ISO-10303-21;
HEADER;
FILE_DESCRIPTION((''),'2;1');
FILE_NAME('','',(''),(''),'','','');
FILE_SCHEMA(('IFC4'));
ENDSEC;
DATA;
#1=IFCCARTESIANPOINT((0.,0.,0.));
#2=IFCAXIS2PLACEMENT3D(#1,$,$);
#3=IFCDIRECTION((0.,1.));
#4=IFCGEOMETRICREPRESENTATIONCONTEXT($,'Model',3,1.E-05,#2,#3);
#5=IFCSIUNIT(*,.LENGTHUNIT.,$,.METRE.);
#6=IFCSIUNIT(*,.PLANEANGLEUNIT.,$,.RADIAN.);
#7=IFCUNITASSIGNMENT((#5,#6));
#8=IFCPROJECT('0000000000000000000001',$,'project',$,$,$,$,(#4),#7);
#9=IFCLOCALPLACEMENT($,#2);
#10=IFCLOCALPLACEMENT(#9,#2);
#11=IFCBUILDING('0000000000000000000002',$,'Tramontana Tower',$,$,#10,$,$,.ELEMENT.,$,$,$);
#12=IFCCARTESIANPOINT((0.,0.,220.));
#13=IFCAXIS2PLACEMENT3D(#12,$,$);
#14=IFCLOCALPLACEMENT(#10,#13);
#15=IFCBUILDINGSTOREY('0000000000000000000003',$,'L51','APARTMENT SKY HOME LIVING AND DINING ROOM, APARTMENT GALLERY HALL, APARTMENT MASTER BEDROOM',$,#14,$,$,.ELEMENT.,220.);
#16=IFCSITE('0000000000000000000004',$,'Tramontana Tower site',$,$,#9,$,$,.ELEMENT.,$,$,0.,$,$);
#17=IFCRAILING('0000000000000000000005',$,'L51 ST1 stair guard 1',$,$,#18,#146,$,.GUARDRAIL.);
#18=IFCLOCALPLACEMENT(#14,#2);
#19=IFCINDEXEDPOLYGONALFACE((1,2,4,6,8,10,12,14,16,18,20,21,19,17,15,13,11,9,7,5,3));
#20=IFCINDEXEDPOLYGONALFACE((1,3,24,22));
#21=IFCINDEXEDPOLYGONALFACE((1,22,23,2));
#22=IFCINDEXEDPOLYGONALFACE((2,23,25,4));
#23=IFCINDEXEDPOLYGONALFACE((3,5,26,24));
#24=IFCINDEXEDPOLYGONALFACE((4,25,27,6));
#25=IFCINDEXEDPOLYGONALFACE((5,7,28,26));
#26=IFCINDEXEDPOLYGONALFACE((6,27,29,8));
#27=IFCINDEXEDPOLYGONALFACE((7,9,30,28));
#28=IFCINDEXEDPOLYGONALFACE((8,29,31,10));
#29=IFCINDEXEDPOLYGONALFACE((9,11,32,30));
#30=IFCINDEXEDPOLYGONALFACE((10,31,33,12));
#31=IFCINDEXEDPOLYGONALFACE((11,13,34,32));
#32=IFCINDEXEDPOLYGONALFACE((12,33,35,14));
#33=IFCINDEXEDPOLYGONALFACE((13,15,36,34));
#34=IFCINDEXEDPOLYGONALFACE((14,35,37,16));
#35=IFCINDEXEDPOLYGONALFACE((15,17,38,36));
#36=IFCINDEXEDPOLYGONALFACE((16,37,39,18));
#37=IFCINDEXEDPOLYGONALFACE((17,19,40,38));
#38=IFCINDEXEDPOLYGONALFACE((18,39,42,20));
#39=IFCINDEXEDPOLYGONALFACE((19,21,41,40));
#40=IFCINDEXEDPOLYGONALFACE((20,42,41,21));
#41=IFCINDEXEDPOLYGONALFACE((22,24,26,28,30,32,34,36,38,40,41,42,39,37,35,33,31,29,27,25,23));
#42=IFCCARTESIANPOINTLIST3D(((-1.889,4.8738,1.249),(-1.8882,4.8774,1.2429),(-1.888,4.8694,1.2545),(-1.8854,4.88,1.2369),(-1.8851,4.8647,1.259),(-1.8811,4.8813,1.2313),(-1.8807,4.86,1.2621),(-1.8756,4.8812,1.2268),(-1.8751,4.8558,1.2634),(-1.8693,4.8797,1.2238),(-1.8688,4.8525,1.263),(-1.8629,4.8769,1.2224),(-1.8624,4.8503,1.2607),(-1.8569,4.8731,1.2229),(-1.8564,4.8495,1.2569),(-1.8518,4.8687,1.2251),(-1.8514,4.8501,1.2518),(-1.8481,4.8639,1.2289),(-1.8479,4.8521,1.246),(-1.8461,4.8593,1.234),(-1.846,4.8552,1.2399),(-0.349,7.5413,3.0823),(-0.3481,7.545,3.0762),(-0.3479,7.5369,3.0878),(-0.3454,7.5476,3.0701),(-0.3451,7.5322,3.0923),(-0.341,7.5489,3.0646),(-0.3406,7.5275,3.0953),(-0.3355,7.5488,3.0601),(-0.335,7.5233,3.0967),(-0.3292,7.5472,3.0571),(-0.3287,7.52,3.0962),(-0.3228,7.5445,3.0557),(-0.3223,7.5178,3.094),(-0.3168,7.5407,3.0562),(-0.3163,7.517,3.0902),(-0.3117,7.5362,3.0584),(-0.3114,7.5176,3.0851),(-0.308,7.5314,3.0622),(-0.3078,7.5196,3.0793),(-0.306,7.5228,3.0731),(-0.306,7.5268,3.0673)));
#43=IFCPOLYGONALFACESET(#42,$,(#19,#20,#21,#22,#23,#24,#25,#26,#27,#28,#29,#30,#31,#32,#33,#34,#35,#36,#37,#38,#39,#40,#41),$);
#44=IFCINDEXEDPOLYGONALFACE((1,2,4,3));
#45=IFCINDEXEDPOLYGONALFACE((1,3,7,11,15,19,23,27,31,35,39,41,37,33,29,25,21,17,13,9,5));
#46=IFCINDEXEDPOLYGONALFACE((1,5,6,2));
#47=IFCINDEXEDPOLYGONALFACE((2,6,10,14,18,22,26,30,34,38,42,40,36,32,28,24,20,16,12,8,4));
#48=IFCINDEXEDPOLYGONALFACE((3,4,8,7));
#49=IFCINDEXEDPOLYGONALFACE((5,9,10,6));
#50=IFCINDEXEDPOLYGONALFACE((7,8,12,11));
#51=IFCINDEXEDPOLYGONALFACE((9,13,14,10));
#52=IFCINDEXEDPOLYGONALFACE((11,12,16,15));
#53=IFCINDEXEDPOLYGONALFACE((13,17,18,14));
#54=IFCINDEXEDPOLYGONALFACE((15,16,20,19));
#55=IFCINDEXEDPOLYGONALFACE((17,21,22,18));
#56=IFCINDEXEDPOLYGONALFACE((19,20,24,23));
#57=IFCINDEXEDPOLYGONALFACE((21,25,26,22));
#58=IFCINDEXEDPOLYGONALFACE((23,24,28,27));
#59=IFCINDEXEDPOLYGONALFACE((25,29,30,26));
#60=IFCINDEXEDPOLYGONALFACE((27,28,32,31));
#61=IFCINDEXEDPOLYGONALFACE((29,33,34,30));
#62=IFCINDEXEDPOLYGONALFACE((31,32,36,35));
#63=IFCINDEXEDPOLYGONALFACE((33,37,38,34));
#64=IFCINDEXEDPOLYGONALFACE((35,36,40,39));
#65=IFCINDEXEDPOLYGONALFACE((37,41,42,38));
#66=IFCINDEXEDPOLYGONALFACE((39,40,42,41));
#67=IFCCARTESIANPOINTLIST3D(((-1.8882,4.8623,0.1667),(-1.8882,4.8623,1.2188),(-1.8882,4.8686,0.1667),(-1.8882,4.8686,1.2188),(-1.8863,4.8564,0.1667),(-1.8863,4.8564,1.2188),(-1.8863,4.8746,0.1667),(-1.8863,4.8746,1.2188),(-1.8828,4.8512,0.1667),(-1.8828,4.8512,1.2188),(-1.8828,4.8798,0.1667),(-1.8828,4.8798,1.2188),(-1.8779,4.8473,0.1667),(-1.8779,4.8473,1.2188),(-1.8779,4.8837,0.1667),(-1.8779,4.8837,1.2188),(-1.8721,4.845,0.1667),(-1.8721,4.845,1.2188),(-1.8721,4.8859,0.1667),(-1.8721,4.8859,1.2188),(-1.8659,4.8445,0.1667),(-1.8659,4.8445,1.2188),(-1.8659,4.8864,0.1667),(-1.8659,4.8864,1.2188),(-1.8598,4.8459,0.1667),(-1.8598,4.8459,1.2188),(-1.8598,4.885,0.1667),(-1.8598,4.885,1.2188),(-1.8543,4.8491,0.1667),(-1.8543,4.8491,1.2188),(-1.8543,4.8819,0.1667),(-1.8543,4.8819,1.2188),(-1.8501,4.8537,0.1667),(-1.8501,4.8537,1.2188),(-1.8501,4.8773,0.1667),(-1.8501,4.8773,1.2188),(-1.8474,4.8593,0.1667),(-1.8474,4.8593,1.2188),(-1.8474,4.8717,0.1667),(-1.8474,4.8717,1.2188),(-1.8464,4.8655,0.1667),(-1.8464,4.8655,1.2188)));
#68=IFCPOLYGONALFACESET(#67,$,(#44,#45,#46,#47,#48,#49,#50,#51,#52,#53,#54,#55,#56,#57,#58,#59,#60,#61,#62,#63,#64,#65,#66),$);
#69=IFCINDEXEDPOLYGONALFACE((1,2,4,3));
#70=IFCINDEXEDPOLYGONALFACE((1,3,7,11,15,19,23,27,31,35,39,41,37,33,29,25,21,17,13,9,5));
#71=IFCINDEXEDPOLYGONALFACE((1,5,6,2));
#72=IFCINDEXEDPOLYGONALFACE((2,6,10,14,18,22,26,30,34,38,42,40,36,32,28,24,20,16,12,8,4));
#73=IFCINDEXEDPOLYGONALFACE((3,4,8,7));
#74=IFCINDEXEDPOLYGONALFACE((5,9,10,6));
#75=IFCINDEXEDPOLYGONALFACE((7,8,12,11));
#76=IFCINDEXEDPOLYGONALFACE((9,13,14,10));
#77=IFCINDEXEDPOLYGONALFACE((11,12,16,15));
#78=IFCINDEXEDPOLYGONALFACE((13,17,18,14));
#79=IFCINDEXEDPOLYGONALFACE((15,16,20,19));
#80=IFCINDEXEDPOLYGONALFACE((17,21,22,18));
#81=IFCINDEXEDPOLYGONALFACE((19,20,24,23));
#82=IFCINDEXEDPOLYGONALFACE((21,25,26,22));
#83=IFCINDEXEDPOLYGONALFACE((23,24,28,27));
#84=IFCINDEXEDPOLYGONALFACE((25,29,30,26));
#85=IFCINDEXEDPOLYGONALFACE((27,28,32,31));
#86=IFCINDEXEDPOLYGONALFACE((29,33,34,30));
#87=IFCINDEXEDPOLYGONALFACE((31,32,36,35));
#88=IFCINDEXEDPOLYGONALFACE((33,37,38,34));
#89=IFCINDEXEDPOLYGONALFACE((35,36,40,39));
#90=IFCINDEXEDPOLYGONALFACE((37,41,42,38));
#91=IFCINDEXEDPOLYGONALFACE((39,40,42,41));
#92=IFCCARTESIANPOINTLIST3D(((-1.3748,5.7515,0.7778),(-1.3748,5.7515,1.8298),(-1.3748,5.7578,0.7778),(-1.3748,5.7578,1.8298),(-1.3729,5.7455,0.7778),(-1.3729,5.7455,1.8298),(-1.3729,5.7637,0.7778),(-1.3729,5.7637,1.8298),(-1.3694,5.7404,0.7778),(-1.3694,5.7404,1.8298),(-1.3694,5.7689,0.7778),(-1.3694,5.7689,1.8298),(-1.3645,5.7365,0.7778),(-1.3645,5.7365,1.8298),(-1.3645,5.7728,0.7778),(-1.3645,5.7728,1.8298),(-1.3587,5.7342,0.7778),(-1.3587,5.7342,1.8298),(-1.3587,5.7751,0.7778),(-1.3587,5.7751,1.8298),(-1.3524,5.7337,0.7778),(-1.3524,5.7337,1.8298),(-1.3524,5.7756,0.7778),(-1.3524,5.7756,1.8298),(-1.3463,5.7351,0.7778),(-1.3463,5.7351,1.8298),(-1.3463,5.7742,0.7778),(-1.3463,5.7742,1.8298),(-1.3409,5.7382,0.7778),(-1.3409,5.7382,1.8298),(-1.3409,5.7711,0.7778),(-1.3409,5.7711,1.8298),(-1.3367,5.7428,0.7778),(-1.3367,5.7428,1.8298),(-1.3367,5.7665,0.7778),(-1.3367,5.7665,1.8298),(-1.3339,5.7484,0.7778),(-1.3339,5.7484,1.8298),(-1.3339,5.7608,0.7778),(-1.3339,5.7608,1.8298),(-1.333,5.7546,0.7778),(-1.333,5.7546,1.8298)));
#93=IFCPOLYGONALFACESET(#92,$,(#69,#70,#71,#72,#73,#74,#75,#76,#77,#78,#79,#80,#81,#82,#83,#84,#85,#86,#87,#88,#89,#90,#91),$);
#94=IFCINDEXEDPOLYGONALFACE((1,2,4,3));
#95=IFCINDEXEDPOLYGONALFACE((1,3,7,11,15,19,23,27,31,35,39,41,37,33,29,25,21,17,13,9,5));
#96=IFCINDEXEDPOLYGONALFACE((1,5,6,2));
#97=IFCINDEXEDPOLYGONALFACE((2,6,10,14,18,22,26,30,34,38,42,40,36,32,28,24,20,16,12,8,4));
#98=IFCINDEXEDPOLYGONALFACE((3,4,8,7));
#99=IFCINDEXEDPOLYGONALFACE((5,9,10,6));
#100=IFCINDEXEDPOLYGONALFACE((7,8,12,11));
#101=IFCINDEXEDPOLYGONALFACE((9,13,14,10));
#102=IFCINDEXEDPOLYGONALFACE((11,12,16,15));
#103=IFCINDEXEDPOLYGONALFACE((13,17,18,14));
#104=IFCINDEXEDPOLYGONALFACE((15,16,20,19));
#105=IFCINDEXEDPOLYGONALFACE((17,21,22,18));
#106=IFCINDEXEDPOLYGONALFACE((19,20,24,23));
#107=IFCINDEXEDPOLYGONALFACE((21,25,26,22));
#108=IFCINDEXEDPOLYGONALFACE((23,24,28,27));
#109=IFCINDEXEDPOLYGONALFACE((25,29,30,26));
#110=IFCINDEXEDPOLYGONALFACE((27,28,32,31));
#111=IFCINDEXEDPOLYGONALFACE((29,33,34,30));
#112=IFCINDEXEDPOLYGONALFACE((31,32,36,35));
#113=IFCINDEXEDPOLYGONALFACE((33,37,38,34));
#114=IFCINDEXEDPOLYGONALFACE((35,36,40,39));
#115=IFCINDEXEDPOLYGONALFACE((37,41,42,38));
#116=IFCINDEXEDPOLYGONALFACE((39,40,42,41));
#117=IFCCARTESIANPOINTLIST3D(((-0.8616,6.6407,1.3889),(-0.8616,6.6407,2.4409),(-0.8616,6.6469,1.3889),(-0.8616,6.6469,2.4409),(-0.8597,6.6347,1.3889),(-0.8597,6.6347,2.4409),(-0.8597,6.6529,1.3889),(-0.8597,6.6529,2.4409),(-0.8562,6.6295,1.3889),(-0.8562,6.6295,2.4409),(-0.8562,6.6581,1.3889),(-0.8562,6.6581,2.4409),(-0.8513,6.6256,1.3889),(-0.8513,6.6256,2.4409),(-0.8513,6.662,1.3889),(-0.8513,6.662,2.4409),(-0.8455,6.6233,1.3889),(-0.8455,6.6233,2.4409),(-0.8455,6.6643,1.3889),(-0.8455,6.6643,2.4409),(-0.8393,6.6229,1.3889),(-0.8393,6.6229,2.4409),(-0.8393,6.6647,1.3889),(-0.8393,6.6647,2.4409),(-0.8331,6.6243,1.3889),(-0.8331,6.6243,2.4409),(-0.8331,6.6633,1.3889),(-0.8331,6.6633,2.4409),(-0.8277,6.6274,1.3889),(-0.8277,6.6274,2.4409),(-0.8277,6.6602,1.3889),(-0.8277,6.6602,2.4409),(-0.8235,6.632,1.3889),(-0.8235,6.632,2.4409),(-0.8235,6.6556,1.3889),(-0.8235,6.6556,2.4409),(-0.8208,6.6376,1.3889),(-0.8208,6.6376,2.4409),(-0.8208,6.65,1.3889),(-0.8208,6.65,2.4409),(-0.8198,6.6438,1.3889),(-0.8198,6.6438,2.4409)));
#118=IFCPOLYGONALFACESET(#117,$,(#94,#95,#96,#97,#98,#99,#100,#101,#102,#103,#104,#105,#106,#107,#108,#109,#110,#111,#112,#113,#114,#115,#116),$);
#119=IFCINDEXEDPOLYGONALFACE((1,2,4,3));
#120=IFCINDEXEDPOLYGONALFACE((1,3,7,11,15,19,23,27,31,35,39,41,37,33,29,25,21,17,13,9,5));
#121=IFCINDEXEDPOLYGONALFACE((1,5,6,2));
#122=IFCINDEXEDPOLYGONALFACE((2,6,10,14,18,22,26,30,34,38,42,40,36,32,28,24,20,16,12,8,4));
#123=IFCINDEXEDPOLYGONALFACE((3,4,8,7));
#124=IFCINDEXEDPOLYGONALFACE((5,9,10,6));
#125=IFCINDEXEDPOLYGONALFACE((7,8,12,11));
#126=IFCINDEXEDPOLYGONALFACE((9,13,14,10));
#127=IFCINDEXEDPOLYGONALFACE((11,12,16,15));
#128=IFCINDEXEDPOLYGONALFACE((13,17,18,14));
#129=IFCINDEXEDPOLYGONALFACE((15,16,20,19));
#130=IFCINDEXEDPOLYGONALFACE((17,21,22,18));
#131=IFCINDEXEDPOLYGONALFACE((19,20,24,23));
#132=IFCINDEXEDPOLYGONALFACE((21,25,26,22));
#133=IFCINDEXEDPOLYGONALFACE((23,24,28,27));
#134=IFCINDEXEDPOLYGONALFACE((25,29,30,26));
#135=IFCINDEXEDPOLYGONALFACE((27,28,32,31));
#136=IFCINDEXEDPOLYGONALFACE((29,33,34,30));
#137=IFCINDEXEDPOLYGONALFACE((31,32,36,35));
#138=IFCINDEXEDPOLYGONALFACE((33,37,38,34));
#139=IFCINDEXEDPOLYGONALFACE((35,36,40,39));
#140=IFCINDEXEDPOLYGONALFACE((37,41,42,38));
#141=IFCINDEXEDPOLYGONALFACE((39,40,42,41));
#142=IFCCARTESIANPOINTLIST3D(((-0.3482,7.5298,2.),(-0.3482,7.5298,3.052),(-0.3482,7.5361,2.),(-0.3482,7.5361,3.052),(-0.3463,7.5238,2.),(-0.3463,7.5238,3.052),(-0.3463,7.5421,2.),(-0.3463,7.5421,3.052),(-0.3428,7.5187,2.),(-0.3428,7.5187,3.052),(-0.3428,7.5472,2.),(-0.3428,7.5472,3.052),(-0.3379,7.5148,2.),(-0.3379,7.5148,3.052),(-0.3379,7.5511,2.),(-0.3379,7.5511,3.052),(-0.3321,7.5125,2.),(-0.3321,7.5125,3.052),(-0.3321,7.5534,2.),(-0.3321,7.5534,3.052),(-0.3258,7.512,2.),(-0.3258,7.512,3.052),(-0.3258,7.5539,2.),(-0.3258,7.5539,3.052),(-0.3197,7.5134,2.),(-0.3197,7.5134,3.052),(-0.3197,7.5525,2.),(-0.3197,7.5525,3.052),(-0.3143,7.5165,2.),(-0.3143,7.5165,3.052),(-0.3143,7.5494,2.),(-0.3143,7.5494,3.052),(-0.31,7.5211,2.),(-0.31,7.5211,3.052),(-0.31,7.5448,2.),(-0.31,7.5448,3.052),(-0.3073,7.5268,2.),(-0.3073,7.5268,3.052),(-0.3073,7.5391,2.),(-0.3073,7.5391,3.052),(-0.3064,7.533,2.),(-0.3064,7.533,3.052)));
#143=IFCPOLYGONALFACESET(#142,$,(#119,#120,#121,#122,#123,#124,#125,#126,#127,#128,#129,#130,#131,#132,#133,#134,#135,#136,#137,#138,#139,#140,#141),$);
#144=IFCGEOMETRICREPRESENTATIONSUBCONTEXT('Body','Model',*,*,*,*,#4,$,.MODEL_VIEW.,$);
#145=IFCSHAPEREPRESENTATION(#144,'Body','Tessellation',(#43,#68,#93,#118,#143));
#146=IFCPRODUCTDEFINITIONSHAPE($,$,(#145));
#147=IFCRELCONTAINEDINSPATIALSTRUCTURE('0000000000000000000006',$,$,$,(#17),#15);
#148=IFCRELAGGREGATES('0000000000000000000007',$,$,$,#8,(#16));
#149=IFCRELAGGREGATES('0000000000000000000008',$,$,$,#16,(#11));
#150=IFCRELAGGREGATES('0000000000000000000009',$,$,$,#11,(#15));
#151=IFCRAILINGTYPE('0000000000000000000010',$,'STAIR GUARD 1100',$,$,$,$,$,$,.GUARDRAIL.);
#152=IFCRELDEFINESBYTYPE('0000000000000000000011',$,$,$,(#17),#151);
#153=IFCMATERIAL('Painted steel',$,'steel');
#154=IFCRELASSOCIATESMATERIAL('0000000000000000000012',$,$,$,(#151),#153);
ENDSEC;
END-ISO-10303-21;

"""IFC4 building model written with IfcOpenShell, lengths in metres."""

from ifc_helpers import new_model, si_unit, direction, frame, origin, origin_2d, place, context, subcontext, project, spatial, circle, extrude, material, type_object, element, save


model = new_model("IFC4")

# Units and contexts
model_context = context("Model", 3, precision=1e-05, world=origin(), true_north=direction((0.0, 1.0)))
body_context = subcontext(model_context, "Body", "Model", "MODEL_VIEW")
ifc_project = project(units=[si_unit("LENGTHUNIT", "METRE"), si_unit("PLANEANGLEUNIT", "RADIAN")], contexts=[model_context])

# Site, building, storey
site_placement = place(None, origin())
site = spatial("IfcSite", under=ifc_project, at=site_placement, Name="Tramontana Tower site", CompositionType="ELEMENT", RefElevation=0.0)
building_placement = place(site_placement, origin())
building = spatial("IfcBuilding", under=site, at=building_placement, Name="Tramontana Tower", CompositionType="ELEMENT")
storey_placement = place(building_placement, frame((0.0, 0.0, 220.0)))
storey = spatial("IfcBuildingStorey", under=building, at=storey_placement, Name="L51", Description="APARTMENT SKY HOME LIVING AND DINING ROOM, APARTMENT GALLERY HALL, APARTMENT MASTER BEDROOM", CompositionType="ELEMENT", Elevation=220.0)

# Railing
ifc_material_1 = material(Name="Painted steel", Category="steel")
railing_type_1 = type_object("IfcRailingType", Name="STAIR GUARD 1100", PredefinedType="GUARDRAIL", material=ifc_material_1)
railing_1_placement = place(storey_placement, frame((-1.8674, 4.8655, 0.1667)))
element("IfcRailing", 1, at=railing_1_placement, inside=storey, type_object=railing_type_1, Name="L51 ST1 stair guard 1", PredefinedType="GUARDRAIL", context=body_context, shape_type="SweptSolid", body=[
    extrude(circle(Radius=0.0239, at=origin_2d()), frame((0.0, 0.0, 1.0762), z_axis=(0.429649, 0.74419, 0.511452), x_axis=(-0.86603, 0.499992, 0.0)), (0.0, 0.0, 1.0), 3.5845),
    extrude(circle(Radius=0.021, at=origin_2d()), origin(), (0.0, 0.0, 1.0), 1.052),
    extrude(circle(Radius=0.021, at=origin_2d()), frame((0.5134, 0.8892, 0.6111)), (0.0, 0.0, 1.0), 1.052),
    extrude(circle(Radius=0.021, at=origin_2d()), frame((1.0266, 1.7783, 1.2222)), (0.0, 0.0, 1.0), 1.052),
    extrude(circle(Radius=0.021, at=origin_2d()), frame((1.54, 2.6675, 1.8333)), (0.0, 0.0, 1.0), 1.052),
])

save(model, "model.ifc")
